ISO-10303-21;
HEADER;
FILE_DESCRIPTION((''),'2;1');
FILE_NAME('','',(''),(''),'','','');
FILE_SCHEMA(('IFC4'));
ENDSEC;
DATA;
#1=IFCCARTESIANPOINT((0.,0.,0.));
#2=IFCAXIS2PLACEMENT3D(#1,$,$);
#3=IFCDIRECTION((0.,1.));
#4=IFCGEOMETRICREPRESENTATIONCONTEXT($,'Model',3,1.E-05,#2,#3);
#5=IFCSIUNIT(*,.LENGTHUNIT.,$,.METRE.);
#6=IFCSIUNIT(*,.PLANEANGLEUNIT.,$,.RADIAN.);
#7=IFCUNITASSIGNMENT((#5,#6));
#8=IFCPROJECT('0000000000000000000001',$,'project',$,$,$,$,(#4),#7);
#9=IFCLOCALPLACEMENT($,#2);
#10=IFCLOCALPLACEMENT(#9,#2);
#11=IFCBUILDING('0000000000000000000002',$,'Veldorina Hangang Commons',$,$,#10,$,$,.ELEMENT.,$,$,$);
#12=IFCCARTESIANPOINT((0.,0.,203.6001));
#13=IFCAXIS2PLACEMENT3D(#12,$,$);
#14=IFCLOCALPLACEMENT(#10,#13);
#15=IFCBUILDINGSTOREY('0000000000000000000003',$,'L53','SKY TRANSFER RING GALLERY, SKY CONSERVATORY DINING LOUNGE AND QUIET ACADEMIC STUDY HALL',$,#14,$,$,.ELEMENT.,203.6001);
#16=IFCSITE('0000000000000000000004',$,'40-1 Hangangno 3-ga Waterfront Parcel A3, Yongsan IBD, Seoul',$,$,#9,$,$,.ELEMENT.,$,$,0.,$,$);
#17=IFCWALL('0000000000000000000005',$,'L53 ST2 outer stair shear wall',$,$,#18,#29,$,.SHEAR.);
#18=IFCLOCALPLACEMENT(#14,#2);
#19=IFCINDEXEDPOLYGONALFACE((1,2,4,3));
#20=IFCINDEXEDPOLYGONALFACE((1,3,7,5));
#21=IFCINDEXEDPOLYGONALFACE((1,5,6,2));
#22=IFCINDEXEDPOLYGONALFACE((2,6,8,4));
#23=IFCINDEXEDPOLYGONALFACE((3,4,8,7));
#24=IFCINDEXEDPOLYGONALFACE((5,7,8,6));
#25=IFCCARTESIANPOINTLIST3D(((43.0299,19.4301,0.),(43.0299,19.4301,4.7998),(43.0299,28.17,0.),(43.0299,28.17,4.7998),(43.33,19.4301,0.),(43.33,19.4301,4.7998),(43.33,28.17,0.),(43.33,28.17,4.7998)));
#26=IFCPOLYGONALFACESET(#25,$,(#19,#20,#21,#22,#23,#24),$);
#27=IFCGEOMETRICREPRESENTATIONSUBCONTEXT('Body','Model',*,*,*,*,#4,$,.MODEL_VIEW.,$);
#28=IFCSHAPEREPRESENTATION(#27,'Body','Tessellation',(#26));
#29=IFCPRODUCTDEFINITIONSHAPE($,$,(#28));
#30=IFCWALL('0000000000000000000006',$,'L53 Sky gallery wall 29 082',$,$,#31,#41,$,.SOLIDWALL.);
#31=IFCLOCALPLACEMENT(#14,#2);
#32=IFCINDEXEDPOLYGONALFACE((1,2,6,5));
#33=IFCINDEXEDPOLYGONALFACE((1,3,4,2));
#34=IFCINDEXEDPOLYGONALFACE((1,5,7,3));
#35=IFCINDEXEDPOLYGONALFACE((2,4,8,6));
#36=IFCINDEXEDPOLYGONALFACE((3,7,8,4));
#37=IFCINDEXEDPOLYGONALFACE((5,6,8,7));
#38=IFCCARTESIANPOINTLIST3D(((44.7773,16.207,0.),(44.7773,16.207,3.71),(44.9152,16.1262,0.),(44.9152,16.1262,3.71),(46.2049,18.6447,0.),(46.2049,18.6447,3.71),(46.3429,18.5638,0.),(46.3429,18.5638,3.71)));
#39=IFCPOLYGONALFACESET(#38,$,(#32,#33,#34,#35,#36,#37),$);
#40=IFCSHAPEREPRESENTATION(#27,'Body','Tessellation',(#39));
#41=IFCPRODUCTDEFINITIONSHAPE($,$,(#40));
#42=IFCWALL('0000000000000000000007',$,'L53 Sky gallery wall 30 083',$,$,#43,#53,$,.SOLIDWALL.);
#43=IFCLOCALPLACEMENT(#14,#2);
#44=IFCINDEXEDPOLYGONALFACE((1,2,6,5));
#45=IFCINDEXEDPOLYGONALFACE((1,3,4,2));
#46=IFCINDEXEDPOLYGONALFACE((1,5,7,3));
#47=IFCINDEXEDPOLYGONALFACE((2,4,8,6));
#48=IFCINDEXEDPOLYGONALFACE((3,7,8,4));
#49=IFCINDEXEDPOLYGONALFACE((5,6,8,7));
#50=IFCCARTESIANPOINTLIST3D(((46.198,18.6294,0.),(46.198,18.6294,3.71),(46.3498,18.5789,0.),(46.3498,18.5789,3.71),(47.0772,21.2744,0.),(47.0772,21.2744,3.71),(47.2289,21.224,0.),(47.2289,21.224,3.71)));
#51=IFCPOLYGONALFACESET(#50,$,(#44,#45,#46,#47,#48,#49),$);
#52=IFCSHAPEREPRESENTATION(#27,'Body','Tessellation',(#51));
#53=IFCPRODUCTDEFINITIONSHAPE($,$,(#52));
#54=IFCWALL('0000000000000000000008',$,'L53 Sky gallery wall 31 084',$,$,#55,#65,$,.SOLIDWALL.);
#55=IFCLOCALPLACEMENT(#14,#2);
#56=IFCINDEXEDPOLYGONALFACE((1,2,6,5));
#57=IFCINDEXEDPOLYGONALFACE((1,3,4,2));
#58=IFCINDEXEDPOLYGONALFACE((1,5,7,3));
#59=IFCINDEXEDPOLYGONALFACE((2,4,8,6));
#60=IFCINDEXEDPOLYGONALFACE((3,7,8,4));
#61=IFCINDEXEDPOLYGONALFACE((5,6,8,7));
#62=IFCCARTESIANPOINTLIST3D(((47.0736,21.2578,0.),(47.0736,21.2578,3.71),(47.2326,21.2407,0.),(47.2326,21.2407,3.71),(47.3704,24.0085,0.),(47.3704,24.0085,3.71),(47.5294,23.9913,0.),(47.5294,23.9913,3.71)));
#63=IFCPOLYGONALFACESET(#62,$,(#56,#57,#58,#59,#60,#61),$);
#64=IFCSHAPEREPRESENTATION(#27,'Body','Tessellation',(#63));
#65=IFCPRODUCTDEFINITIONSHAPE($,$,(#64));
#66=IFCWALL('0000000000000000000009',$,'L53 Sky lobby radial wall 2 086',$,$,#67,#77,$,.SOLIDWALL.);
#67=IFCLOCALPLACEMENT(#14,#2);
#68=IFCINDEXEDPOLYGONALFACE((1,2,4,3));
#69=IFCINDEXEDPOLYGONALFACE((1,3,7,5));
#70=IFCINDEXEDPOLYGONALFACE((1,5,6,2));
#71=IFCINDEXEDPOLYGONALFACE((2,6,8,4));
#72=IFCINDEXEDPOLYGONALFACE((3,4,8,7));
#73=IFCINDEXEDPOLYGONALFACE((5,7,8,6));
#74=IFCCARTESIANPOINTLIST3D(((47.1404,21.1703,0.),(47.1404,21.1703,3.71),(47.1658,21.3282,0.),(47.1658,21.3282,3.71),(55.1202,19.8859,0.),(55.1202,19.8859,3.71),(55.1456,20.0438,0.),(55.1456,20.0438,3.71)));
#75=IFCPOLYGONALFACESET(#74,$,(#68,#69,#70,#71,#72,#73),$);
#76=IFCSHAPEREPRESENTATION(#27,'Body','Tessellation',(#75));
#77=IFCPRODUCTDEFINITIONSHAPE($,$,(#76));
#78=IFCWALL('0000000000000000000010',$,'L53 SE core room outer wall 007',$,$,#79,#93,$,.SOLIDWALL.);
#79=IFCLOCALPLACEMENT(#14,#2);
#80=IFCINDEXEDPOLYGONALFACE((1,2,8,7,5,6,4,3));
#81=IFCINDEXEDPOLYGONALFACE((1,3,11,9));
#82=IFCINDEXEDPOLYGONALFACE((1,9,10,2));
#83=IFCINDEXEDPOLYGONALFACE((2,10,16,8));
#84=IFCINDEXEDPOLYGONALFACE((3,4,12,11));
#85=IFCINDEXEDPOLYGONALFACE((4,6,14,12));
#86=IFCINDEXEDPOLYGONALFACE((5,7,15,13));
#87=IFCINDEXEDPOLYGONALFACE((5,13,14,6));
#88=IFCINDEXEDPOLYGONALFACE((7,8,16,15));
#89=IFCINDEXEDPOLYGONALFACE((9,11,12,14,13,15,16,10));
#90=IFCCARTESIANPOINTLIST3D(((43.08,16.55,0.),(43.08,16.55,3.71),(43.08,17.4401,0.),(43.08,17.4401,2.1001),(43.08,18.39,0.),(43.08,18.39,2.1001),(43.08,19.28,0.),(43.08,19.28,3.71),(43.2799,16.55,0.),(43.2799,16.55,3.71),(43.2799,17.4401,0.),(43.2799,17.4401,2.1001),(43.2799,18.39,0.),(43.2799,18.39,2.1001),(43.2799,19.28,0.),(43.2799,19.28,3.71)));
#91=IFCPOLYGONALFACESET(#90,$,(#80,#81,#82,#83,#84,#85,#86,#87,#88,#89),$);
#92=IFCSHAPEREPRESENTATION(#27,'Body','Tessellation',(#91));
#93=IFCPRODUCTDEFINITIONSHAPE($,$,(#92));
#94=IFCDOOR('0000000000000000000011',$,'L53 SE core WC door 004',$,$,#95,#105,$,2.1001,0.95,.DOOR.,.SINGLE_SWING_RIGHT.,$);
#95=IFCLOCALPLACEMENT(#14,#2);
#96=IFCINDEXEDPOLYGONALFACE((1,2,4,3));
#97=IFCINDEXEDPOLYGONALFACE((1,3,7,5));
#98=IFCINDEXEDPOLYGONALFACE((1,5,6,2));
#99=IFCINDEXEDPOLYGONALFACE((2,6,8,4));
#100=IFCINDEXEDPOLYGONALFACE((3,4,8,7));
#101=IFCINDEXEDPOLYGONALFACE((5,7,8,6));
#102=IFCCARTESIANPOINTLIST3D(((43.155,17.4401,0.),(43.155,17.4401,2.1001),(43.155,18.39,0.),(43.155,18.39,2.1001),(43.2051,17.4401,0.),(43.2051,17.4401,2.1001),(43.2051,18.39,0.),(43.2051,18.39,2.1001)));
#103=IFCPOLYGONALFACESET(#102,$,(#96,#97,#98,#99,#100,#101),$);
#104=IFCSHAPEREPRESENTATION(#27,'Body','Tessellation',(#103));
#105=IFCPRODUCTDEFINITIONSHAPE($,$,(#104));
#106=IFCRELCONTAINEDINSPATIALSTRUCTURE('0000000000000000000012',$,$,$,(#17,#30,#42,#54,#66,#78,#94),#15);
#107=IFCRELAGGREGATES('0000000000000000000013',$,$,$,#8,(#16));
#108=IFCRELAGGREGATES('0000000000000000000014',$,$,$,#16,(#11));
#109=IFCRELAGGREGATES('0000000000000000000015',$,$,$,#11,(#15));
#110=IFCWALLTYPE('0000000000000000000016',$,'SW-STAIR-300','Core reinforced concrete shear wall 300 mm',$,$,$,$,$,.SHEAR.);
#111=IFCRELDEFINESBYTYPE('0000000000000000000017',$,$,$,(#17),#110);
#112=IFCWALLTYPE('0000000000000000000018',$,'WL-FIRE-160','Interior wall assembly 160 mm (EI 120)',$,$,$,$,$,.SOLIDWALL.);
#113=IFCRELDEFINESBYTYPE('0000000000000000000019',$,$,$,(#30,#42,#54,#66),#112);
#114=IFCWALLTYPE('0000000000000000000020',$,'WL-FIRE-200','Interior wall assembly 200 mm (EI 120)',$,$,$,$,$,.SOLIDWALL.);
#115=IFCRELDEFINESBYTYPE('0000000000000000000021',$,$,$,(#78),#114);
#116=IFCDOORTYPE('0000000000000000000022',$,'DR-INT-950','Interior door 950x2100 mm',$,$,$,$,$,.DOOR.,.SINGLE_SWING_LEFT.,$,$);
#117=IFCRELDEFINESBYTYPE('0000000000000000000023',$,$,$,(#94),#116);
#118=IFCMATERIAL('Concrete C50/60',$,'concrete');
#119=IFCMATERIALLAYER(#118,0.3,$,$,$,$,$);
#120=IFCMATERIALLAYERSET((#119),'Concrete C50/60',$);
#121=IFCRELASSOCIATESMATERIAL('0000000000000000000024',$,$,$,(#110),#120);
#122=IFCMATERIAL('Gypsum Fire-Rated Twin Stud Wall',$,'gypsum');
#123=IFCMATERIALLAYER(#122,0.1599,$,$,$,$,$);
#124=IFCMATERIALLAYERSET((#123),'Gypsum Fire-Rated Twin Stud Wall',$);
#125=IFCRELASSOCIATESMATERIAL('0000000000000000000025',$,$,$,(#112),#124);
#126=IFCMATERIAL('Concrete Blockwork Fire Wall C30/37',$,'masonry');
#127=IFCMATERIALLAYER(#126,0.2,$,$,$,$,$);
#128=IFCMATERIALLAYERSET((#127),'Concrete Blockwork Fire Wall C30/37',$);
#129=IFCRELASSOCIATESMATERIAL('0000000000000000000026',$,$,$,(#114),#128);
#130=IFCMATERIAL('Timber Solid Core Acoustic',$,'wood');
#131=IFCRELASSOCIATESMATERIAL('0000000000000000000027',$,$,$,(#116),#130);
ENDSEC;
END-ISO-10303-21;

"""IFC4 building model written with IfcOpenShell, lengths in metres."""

from ifc_helpers import new_model, si_unit, direction, frame, frame_2d, origin, place, context, subcontext, project, spatial, rectangle, extrude, material, layer, layer_set, type_object, element, fill, save


model = new_model("IFC4")

# Units and contexts
model_context = context("Model", 3, precision=1e-05, world=origin(), true_north=direction((0.0, 1.0)))
body_context = subcontext(model_context, "Body", "Model", "MODEL_VIEW")
ifc_project = project(units=[si_unit("LENGTHUNIT", "METRE"), si_unit("PLANEANGLEUNIT", "RADIAN")], contexts=[model_context])

# Site, building, storey
site_placement = place(None, origin())
site = spatial("IfcSite", under=ifc_project, at=site_placement, Name="40-1 Hangangno 3-ga Waterfront Parcel A3, Yongsan IBD, Seoul", CompositionType="ELEMENT", RefElevation=0.0)
building_placement = place(site_placement, origin())
building = spatial("IfcBuilding", under=site, at=building_placement, Name="Veldorina Hangang Commons", CompositionType="ELEMENT")
storey_placement = place(building_placement, frame((0.0, 0.0, 203.6001)))
storey = spatial("IfcBuildingStorey", under=building, at=storey_placement, Name="L53", Description="SKY TRANSFER RING GALLERY, SKY CONSERVATORY DINING LOUNGE AND QUIET ACADEMIC STUDY HALL", CompositionType="ELEMENT", Elevation=203.6001)

# Walls
ifc_material_1 = material(Name="Concrete C50/60", Category="concrete")
ifc_layer_1 = layer(ifc_material_1, 0.3)
ifc_layer_set_1 = layer_set([ifc_layer_1], Name="Concrete C50/60")
wall_type_1 = type_object("IfcWallType", Name="SW-STAIR-300", Description="Core reinforced concrete shear wall 300 mm", PredefinedType="SHEAR", material=ifc_layer_set_1)
wall_1_placement = place(storey_placement, frame((43.1799, 19.4299, 0.0), z_axis=(0.0, 0.0, 1.0), x_axis=(0.0, 1.0, 0.0)))
element("IfcWall", 1, at=wall_1_placement, inside=storey, type_object=wall_type_1, Name="L53 ST2 outer stair shear wall", PredefinedType="SHEAR", context=body_context, shape_type="SweptSolid", body=[
    extrude(rectangle(XDim=8.74, YDim=0.3, at=frame_2d((4.3701, 0.0))), origin(), (0.0, 0.0, 1.0), 4.7998),
])
ifc_material_2 = material(Name="Gypsum Fire-Rated Twin Stud Wall", Category="gypsum")
ifc_layer_2 = layer(ifc_material_2, 0.1599)
ifc_layer_set_2 = layer_set([ifc_layer_2], Name="Gypsum Fire-Rated Twin Stud Wall")
wall_type_2 = type_object("IfcWallType", Name="WL-FIRE-160", Description="Interior wall assembly 160 mm (EI 120)", PredefinedType="SOLIDWALL", material=ifc_layer_set_2)
wall_2_placement = place(storey_placement, frame((44.8462, 16.1665, 0.0), z_axis=(0.0, 0.0, 1.0), x_axis=(0.50538, 0.862897, 0.0)))
element("IfcWall", 2, at=wall_2_placement, inside=storey, type_object=wall_type_2, Name="L53 Sky gallery wall 29 082", PredefinedType="SOLIDWALL", context=body_context, shape_type="SweptSolid", body=[
    extrude(rectangle(XDim=2.825, YDim=0.1599, at=frame_2d((1.4126, 0.0))), origin(), (0.0, 0.0, 1.0), 3.71),
])
wall_3_placement = place(storey_placement, frame((46.2739, 18.6042, 0.0), z_axis=(0.0, 0.0, 1.0), x_axis=(0.315413, 0.948954, 0.0)))
element("IfcWall", 3, at=wall_3_placement, inside=storey, type_object=wall_type_2, Name="L53 Sky gallery wall 30 083", PredefinedType="SOLIDWALL", context=body_context, shape_type="SweptSolid", body=[
    extrude(rectangle(XDim=2.7874, YDim=0.1599, at=frame_2d((1.3936, 0.0))), origin(), (0.0, 0.0, 1.0), 3.71),
])
wall_4_placement = place(storey_placement, frame((47.1531, 21.2493, 0.0), z_axis=(0.0, 0.0, 1.0), x_axis=(0.107303, 0.994226, 0.0)))
element("IfcWall", 4, at=wall_4_placement, inside=storey, type_object=wall_type_2, Name="L53 Sky gallery wall 31 084", PredefinedType="SOLIDWALL", context=body_context, shape_type="SweptSolid", body=[
    extrude(rectangle(XDim=2.7666, YDim=0.1599, at=frame_2d((1.3833, 0.0))), origin(), (0.0, 0.0, 1.0), 3.71),
])
wall_5_placement = place(storey_placement, frame((47.1531, 21.2493, 0.0), z_axis=(0.0, 0.0, 1.0), x_axis=(0.987292, -0.158915, 0.0)))
element("IfcWall", 5, at=wall_5_placement, inside=storey, type_object=wall_type_2, Name="L53 Sky lobby radial wall 2 086", PredefinedType="SOLIDWALL", context=body_context, shape_type="SweptSolid", body=[
    extrude(rectangle(XDim=8.0825, YDim=0.1599, at=frame_2d((4.0413, 0.0))), origin(), (0.0, 0.0, 1.0), 3.71),
])

# Wall, opening, door
ifc_material_3 = material(Name="Concrete Blockwork Fire Wall C30/37", Category="masonry")
ifc_layer_3 = layer(ifc_material_3, 0.2)
ifc_layer_set_3 = layer_set([ifc_layer_3], Name="Concrete Blockwork Fire Wall C30/37")
wall_type_3 = type_object("IfcWallType", Name="WL-FIRE-200", Description="Interior wall assembly 200 mm (EI 120)", PredefinedType="SOLIDWALL", material=ifc_layer_set_3)
wall_6_placement = place(storey_placement, frame((43.1799, 16.55, 0.0), z_axis=(0.0, 0.0, 1.0), x_axis=(0.0, 1.0, 0.0)))
wall_6 = element("IfcWall", 6, at=wall_6_placement, inside=storey, type_object=wall_type_3, Name="L53 SE core room outer wall 007", PredefinedType="SOLIDWALL", context=body_context, shape_type="SweptSolid", body=[
    extrude(rectangle(XDim=2.73, YDim=0.2, at=frame_2d((1.365, 0.0))), origin(), (0.0, 0.0, 1.0), 3.71),
])
opening_placement = place(wall_6_placement, frame((0.8899, 0.0, 0.0)))
opening = element("IfcOpeningElement", 7, at=opening_placement, cuts=wall_6, PredefinedType="OPENING", context=body_context, shape_type="SweptSolid", body=[
    extrude(rectangle(XDim=0.95, YDim=2.1001, at=frame_2d((0.4751, 1.05))), frame((0.0, 0.1099, 0.0), z_axis=(0.0, -1.0, 0.0), x_axis=(1.0, 0.0, 0.0)), (0.0, 0.0, 1.0), 0.22),
])
ifc_material_4 = material(Name="Timber Solid Core Acoustic", Category="wood")
door_type = type_object("IfcDoorType", Name="DR-INT-950", Description="Interior door 950x2100 mm", OperationType="SINGLE_SWING_LEFT", PredefinedType="DOOR", material=ifc_material_4)
door_placement = place(opening_placement, origin())
door = element("IfcDoor", 8, at=door_placement, inside=storey, type_object=door_type, Name="L53 SE core WC door 004", OperationType="SINGLE_SWING_RIGHT", OverallHeight=2.1001, OverallWidth=0.95, PredefinedType="DOOR", context=body_context, shape_type="SweptSolid", body=[
    extrude(rectangle(XDim=0.95, YDim=2.1001, at=frame_2d((0.4751, 1.05))), frame((0.0, 0.0249, 0.0), z_axis=(0.0, -1.0, 0.0), x_axis=(1.0, 0.0, 0.0)), (0.0, 0.0, 1.0), 0.05),
])
fill(opening, door)

save(model, "model.ifc")
